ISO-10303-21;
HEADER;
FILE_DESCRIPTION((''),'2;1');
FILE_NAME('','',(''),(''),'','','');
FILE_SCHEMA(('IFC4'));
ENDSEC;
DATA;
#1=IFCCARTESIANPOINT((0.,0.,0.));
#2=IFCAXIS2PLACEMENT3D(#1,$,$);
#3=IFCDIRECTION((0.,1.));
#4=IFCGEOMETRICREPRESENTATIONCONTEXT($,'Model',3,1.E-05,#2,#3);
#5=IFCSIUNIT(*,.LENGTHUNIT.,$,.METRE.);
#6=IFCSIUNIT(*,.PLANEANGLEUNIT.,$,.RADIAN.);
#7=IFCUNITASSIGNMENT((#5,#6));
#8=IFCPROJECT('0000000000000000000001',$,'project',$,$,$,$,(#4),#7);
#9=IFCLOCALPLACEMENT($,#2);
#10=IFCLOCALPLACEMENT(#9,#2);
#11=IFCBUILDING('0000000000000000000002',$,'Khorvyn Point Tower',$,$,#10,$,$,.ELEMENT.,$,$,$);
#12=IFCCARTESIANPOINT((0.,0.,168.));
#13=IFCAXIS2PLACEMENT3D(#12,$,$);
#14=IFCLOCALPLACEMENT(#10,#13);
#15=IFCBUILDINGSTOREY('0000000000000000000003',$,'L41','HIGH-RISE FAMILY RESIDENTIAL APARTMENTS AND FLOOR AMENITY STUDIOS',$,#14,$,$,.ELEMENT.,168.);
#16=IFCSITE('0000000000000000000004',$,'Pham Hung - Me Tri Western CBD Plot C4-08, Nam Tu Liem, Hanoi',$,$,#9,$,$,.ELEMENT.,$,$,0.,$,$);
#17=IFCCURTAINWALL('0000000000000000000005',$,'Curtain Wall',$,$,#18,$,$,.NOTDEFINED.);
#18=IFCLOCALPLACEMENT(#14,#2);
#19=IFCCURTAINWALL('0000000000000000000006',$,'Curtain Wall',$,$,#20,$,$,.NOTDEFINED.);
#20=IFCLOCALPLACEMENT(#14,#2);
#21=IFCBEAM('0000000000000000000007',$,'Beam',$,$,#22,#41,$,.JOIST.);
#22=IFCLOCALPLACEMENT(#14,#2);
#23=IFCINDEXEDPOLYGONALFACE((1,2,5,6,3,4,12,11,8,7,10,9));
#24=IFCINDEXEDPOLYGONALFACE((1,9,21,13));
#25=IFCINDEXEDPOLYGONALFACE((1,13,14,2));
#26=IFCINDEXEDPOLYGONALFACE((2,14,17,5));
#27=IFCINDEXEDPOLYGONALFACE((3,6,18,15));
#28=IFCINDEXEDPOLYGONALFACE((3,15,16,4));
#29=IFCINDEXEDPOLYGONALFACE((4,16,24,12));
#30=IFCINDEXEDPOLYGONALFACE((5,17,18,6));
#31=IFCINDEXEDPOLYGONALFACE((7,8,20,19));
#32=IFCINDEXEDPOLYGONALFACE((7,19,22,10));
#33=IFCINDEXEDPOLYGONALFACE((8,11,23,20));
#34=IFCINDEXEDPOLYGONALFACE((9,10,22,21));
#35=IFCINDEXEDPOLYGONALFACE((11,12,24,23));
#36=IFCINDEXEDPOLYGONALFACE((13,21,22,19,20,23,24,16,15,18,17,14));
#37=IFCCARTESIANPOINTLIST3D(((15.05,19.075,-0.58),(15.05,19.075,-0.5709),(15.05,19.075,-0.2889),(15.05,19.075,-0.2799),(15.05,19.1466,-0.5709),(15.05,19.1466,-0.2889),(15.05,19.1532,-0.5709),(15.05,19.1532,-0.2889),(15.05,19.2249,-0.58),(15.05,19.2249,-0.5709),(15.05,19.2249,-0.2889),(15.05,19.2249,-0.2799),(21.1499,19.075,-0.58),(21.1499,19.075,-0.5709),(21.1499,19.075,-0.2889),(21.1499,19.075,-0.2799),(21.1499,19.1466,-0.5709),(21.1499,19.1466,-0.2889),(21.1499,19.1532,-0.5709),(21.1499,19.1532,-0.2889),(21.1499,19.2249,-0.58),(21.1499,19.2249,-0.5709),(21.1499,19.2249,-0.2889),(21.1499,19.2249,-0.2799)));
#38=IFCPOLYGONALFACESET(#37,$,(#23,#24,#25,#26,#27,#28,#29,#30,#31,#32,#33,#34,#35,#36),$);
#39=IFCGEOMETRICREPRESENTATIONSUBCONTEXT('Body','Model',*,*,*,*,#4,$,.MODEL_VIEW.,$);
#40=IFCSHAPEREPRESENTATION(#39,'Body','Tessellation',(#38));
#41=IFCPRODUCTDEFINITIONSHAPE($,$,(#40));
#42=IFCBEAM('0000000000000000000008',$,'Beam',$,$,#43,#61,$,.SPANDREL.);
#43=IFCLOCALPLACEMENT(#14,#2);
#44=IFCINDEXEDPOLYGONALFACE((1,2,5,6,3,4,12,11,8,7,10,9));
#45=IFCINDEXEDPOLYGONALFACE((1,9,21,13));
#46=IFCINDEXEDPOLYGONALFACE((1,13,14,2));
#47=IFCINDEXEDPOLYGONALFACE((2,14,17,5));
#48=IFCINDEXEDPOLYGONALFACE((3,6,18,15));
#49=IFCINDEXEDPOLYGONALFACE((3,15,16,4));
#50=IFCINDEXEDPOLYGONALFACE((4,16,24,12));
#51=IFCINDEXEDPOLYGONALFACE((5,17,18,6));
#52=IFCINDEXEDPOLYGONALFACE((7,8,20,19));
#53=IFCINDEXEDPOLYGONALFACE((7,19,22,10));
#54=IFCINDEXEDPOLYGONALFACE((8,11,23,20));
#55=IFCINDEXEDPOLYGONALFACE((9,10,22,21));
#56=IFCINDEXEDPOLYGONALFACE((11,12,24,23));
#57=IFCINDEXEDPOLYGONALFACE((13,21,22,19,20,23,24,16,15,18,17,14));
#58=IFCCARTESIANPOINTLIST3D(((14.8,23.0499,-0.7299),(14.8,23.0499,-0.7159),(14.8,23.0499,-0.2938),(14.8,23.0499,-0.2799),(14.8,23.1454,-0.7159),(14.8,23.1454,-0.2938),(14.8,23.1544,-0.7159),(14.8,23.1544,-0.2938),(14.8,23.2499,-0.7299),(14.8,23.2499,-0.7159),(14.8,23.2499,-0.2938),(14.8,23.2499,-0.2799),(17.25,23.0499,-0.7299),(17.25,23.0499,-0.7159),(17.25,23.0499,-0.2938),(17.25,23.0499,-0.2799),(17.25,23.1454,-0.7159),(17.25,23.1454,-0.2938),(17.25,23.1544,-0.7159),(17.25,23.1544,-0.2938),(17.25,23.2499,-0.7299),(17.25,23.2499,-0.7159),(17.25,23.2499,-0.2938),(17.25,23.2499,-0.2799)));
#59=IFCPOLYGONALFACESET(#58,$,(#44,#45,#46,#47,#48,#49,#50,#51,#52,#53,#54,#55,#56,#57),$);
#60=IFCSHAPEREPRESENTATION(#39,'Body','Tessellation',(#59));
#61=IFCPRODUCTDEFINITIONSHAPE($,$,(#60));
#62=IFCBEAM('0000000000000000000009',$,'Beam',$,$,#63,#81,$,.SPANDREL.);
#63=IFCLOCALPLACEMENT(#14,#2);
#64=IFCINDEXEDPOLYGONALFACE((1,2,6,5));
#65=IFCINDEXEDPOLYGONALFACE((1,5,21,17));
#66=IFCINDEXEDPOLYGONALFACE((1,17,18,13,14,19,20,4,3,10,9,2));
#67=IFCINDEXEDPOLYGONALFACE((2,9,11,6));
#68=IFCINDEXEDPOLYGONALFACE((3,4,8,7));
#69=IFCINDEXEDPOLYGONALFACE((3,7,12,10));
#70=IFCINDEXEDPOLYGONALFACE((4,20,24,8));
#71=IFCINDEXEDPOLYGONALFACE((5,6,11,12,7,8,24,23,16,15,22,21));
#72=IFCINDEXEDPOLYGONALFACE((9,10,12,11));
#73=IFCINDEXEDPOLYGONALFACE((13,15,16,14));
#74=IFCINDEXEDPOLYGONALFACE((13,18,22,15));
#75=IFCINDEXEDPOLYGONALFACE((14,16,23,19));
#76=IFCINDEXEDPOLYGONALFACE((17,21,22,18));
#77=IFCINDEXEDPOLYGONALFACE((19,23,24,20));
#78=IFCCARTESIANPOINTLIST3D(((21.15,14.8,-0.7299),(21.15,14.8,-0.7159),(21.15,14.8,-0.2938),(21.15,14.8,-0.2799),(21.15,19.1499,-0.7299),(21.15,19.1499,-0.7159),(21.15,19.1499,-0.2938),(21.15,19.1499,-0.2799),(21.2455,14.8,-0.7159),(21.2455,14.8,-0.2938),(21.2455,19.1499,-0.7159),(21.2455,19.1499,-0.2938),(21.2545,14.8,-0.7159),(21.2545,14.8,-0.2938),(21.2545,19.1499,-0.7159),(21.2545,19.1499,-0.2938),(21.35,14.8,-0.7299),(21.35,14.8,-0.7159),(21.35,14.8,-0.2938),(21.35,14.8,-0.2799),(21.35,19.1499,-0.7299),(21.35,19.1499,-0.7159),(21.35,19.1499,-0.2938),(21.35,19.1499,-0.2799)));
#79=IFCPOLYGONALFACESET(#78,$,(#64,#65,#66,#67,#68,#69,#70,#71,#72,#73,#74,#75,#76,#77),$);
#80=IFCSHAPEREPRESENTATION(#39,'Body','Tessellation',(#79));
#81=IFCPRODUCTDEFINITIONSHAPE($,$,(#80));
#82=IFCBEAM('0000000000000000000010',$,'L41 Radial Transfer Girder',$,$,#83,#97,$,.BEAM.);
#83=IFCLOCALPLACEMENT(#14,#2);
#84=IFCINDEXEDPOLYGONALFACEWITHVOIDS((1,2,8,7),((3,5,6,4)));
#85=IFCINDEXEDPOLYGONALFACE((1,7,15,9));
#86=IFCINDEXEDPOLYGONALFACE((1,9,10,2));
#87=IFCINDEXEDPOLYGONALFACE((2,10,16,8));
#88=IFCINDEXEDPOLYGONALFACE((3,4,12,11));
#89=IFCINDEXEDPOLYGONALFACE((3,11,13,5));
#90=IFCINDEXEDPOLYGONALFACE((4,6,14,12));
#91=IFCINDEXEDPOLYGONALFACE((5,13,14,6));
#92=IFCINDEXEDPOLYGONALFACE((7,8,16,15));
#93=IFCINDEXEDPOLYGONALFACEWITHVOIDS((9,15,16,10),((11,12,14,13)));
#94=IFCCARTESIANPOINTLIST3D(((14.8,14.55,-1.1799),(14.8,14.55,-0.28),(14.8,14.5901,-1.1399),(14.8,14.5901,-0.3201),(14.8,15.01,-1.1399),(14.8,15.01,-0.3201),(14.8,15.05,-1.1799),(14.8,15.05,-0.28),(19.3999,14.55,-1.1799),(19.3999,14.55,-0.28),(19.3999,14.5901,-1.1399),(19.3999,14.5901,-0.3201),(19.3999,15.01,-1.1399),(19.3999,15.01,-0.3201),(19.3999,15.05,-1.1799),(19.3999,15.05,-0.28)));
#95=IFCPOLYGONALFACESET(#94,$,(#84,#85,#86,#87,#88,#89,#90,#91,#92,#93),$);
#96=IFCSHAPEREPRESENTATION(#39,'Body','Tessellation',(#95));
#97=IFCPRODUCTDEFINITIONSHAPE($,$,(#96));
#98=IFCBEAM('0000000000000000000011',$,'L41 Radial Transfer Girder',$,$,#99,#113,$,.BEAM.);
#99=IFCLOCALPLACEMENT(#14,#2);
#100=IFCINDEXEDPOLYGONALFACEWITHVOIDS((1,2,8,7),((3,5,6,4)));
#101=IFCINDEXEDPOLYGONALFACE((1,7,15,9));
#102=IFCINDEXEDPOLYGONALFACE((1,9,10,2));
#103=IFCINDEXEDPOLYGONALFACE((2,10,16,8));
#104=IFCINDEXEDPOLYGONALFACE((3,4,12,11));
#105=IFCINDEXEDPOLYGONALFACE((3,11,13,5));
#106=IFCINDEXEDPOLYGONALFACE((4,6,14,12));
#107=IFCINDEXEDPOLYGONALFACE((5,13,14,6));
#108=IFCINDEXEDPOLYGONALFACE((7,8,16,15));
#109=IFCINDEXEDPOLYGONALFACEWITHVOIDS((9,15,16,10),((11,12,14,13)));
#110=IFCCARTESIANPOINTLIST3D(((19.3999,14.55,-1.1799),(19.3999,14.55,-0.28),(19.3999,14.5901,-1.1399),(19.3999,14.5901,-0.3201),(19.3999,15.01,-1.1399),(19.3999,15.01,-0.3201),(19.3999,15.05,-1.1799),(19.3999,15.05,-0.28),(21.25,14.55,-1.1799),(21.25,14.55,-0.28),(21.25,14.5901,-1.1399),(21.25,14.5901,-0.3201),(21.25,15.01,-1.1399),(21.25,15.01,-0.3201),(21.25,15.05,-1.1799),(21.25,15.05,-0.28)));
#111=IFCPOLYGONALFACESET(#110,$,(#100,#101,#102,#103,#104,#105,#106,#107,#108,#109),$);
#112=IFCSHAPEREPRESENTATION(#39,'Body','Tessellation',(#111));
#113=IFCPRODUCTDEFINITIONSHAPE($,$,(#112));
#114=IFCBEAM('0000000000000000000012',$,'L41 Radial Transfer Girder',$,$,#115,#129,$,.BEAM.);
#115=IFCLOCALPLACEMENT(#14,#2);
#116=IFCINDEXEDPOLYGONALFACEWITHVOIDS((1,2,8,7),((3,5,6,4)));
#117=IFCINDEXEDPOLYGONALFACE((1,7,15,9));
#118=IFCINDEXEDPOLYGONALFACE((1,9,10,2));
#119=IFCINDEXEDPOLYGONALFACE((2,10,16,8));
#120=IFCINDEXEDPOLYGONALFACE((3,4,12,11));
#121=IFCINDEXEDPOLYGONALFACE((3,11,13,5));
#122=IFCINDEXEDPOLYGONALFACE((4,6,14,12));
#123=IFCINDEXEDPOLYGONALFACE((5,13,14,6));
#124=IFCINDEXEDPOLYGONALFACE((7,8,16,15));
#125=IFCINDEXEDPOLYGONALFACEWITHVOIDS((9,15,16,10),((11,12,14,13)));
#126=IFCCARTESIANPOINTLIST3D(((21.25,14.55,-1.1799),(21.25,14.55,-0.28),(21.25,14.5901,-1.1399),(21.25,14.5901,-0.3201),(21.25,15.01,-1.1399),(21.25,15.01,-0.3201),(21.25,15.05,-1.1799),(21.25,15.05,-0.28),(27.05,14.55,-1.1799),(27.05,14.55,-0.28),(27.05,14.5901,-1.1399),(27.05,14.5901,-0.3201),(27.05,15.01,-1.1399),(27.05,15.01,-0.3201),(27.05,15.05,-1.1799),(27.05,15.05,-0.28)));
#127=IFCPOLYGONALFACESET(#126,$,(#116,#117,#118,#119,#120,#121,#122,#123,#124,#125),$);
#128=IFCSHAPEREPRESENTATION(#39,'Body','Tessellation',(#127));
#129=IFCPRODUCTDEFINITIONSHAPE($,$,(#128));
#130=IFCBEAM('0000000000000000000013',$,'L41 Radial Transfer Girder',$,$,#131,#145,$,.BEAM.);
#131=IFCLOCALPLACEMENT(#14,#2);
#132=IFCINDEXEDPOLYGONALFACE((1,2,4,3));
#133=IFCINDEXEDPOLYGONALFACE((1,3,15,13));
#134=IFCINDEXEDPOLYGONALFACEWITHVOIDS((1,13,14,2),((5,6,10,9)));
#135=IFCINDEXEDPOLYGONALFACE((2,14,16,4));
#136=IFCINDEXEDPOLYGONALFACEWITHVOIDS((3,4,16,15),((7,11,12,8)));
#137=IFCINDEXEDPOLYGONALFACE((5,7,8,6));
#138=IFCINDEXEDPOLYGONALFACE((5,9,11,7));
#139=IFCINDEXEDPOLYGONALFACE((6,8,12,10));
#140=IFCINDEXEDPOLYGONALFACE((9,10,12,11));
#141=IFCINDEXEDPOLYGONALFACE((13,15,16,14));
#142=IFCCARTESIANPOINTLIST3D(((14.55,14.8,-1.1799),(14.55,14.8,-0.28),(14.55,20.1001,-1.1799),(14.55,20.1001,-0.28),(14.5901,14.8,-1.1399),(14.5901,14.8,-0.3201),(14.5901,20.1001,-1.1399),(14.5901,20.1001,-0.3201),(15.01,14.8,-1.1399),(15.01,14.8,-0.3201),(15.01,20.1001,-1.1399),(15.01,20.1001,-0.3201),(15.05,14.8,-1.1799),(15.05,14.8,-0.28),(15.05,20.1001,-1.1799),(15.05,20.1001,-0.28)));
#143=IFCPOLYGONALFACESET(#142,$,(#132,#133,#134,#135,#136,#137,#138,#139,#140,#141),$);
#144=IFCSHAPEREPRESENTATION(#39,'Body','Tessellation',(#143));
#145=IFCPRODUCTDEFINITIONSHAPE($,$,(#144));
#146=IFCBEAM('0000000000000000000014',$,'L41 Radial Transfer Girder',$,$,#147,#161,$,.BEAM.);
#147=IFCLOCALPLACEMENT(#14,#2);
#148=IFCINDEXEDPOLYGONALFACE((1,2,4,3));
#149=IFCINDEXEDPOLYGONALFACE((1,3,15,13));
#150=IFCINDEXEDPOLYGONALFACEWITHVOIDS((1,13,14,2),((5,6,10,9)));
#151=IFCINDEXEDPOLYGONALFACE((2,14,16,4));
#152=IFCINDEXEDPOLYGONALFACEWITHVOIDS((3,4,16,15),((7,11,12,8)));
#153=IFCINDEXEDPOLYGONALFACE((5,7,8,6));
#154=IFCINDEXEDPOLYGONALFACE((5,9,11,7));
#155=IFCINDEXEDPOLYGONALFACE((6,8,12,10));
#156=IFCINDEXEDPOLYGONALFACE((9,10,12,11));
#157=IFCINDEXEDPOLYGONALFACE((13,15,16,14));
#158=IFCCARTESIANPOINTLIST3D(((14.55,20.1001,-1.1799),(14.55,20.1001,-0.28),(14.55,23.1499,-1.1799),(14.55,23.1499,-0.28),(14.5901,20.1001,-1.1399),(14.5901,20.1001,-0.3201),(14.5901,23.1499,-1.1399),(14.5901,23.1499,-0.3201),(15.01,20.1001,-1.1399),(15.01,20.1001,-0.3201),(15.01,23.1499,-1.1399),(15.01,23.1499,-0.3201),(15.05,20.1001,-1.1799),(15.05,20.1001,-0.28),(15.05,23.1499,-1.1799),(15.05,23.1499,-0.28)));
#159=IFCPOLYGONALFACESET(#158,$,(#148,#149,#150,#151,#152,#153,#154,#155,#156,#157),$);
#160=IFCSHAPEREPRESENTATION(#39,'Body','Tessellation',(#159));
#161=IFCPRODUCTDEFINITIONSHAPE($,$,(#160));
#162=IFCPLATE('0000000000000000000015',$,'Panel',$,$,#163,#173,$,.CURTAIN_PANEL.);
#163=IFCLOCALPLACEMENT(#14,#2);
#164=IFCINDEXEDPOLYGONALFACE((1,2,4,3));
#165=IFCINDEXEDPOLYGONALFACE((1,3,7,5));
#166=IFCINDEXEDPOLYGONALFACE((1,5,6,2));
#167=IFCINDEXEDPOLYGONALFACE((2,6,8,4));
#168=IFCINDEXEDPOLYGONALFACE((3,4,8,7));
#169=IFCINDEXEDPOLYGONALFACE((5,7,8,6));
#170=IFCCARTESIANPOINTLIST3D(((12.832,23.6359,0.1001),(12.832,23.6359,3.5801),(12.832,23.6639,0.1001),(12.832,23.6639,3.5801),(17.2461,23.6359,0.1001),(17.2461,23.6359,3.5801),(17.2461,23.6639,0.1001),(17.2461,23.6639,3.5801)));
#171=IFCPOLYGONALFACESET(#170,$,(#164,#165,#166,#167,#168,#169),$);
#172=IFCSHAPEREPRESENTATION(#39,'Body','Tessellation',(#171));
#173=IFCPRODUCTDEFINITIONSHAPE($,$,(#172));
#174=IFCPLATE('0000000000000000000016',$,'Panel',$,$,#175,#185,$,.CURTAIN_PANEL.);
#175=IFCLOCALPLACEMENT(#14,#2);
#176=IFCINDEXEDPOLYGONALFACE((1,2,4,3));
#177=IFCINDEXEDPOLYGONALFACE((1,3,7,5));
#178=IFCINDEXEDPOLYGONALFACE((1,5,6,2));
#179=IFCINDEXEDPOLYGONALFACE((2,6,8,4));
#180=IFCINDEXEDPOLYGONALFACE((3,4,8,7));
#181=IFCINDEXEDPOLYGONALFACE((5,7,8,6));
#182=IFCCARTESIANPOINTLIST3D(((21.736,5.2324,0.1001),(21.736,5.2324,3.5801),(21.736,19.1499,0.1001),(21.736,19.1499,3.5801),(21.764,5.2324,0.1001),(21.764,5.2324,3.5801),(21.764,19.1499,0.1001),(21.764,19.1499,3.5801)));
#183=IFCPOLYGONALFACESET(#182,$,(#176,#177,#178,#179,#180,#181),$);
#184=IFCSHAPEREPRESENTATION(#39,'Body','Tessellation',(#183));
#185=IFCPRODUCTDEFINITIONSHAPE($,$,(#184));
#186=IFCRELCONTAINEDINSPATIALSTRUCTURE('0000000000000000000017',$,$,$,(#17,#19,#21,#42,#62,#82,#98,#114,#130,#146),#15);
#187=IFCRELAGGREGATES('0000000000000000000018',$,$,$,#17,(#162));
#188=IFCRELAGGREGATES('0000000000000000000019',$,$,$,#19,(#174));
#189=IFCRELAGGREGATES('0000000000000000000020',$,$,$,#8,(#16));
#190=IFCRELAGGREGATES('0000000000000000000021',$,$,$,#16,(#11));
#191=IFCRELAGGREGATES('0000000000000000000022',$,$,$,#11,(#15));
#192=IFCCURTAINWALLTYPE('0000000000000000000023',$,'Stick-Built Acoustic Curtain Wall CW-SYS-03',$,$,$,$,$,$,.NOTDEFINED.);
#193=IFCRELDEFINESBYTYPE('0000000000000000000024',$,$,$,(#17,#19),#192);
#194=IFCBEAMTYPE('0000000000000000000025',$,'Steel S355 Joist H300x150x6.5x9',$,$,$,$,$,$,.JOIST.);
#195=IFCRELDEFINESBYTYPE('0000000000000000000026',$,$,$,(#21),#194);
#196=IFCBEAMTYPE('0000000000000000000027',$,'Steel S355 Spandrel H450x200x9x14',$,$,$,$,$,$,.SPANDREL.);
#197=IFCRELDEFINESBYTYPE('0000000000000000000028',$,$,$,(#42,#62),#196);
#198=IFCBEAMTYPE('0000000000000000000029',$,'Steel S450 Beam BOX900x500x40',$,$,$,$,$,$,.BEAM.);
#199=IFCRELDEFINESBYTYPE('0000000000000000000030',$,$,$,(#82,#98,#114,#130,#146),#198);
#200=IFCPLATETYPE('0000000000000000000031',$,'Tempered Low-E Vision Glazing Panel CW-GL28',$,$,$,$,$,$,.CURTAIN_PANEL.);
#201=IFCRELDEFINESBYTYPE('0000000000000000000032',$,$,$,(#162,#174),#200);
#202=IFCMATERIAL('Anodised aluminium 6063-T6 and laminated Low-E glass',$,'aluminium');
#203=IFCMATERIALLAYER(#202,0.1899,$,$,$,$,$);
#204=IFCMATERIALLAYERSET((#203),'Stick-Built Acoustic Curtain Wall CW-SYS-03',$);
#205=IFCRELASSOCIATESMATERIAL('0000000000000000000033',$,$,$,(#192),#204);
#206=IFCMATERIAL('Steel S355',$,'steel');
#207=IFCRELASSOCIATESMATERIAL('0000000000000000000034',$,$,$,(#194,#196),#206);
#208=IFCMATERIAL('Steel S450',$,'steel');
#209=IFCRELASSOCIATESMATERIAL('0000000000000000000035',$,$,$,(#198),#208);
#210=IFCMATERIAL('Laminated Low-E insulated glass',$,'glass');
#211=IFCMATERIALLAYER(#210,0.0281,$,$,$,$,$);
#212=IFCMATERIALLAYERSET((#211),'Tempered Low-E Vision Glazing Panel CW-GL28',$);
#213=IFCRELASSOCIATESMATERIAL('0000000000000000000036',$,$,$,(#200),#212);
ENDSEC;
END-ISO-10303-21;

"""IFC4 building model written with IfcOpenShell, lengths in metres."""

from ifc_helpers import new_model, si_unit, direction, frame, origin, origin_2d, place, context, subcontext, project, spatial, rectangle, hollow_rectangle, i_section, extrude, material, layer, layer_set, material_profile, profile_set, type_object, element, aggregate, save


model = new_model("IFC4")

# Units and contexts
model_context = context("Model", 3, precision=1e-05, world=origin(), true_north=direction((0.0, 1.0)))
body_context = subcontext(model_context, "Body", "Model", "MODEL_VIEW")
ifc_project = project(units=[si_unit("LENGTHUNIT", "METRE"), si_unit("PLANEANGLEUNIT", "RADIAN")], contexts=[model_context])

# Site, building, storey
site_placement = place(None, origin())
site = spatial("IfcSite", under=ifc_project, at=site_placement, Name="Pham Hung - Me Tri Western CBD Plot C4-08, Nam Tu Liem, Hanoi", CompositionType="ELEMENT", RefElevation=0.0)
building_placement = place(site_placement, origin())
building = spatial("IfcBuilding", under=site, at=building_placement, Name="Khorvyn Point Tower", CompositionType="ELEMENT")
storey_placement = place(building_placement, frame((0.0, 0.0, 168.0)))
storey = spatial("IfcBuildingStorey", under=building, at=storey_placement, Name="L41", Description="HIGH-RISE FAMILY RESIDENTIAL APARTMENTS AND FLOOR AMENITY STUDIOS", CompositionType="ELEMENT", Elevation=168.0)

# Shared definitions
ifc_material_1 = material(Name="Steel S450", Category="steel")

# Curtain wall
ifc_material_2 = material(Name="Anodised aluminium 6063-T6 and laminated Low-E glass", Category="aluminium")
ifc_layer_1 = layer(ifc_material_2, 0.1899)
ifc_layer_set_1 = layer_set([ifc_layer_1], Name="Stick-Built Acoustic Curtain Wall CW-SYS-03")
curtain_wall_type = type_object("IfcCurtainWallType", Name="Stick-Built Acoustic Curtain Wall CW-SYS-03", PredefinedType="NOTDEFINED", material=ifc_layer_set_1)
curtain_wall_1_placement = place(storey_placement, origin())
curtain_wall_1 = element("IfcCurtainWall", 1, at=curtain_wall_1_placement, inside=storey, type_object=curtain_wall_type, Name="Curtain Wall", PredefinedType="NOTDEFINED")

# Curtain wall
curtain_wall_2_placement = place(storey_placement, origin())
curtain_wall_2 = element("IfcCurtainWall", 2, at=curtain_wall_2_placement, inside=storey, type_object=curtain_wall_type, Name="Curtain Wall", PredefinedType="NOTDEFINED")

# Beams
ifc_material_3 = material(Name="Steel S355", Category="steel")
ifc_material_profile_1 = material_profile(ifc_material_3, i_section(OverallWidth=0.1499, OverallDepth=0.3, WebThickness=0.0066, FlangeThickness=0.009, at=origin_2d()))
ifc_profile_set_1 = profile_set([ifc_material_profile_1], Name="Steel S355 H300x150x6.5x9")
beam_type_1 = type_object("IfcBeamType", Name="Steel S355 Joist H300x150x6.5x9", PredefinedType="JOIST", material=ifc_profile_set_1)
beam_1_placement = place(storey_placement, frame((15.05, 19.1499, -0.4299), z_axis=(1.0, 0.0, 0.0), x_axis=(0.0, 1.0, 0.0)))
element("IfcBeam", 3, at=beam_1_placement, inside=storey, type_object=beam_type_1, Name="Beam", PredefinedType="JOIST", context=body_context, shape_type="SweptSolid", body=[
    extrude(i_section(OverallWidth=0.1499, OverallDepth=0.3, WebThickness=0.0066, FlangeThickness=0.009, at=origin_2d()), origin(), (0.0, 0.0, 1.0), 6.0999),
])
ifc_material_profile_2 = material_profile(ifc_material_3, i_section(OverallWidth=0.2, OverallDepth=0.45, WebThickness=0.009, FlangeThickness=0.0139, at=origin_2d()))
ifc_profile_set_2 = profile_set([ifc_material_profile_2], Name="Steel S355 H450x200x9x14")
beam_type_2 = type_object("IfcBeamType", Name="Steel S355 Spandrel H450x200x9x14", PredefinedType="SPANDREL", material=ifc_profile_set_2)
beam_2_placement = place(storey_placement, frame((14.8, 23.1499, -0.5049), z_axis=(1.0, 0.0, 0.0), x_axis=(0.0, 1.0, 0.0)))
element("IfcBeam", 4, at=beam_2_placement, inside=storey, type_object=beam_type_2, Name="Beam", PredefinedType="SPANDREL", context=body_context, shape_type="SweptSolid", body=[
    extrude(i_section(OverallWidth=0.2, OverallDepth=0.45, WebThickness=0.009, FlangeThickness=0.0139, at=origin_2d()), origin(), (0.0, 0.0, 1.0), 2.45),
])
beam_3_placement = place(storey_placement, frame((21.25, 14.8, -0.5049), z_axis=(0.0, 1.0, 0.0), x_axis=(-1.0, 0.0, 0.0)))
element("IfcBeam", 5, at=beam_3_placement, inside=storey, type_object=beam_type_2, Name="Beam", PredefinedType="SPANDREL", context=body_context, shape_type="SweptSolid", body=[
    extrude(i_section(OverallWidth=0.2, OverallDepth=0.45, WebThickness=0.009, FlangeThickness=0.0139, at=origin_2d()), origin(), (0.0, 0.0, 1.0), 4.3499),
])
ifc_material_profile_3 = material_profile(ifc_material_1, hollow_rectangle(XDim=0.5, YDim=0.8999, WallThickness=0.04, at=origin_2d()))
ifc_profile_set_3 = profile_set([ifc_material_profile_3], Name="Steel S450 BOX900x500x40")
beam_type_3 = type_object("IfcBeamType", Name="Steel S450 Beam BOX900x500x40", PredefinedType="BEAM", material=ifc_profile_set_3)
beam_4_placement = place(storey_placement, frame((14.8, 14.8, -0.73), z_axis=(1.0, 0.0, 0.0), x_axis=(0.0, 1.0, 0.0)))
element("IfcBeam", 6, at=beam_4_placement, inside=storey, type_object=beam_type_3, Name="L41 Radial Transfer Girder", PredefinedType="BEAM", context=body_context, shape_type="SweptSolid", body=[
    extrude(hollow_rectangle(XDim=0.5, YDim=0.8999, WallThickness=0.04, at=origin_2d()), origin(), (0.0, 0.0, 1.0), 4.5999),
])
beam_5_placement = place(storey_placement, frame((19.3999, 14.8, -0.73), z_axis=(1.0, 0.0, 0.0), x_axis=(0.0, 1.0, 0.0)))
element("IfcBeam", 7, at=beam_5_placement, inside=storey, type_object=beam_type_3, Name="L41 Radial Transfer Girder", PredefinedType="BEAM", context=body_context, shape_type="SweptSolid", body=[
    extrude(hollow_rectangle(XDim=0.5, YDim=0.8999, WallThickness=0.04, at=origin_2d()), origin(), (0.0, 0.0, 1.0), 1.8501),
])
beam_6_placement = place(storey_placement, frame((21.25, 14.8, -0.73), z_axis=(1.0, 0.0, 0.0), x_axis=(0.0, 1.0, 0.0)))
element("IfcBeam", 8, at=beam_6_placement, inside=storey, type_object=beam_type_3, Name="L41 Radial Transfer Girder", PredefinedType="BEAM", context=body_context, shape_type="SweptSolid", body=[
    extrude(hollow_rectangle(XDim=0.5, YDim=0.8999, WallThickness=0.04, at=origin_2d()), origin(), (0.0, 0.0, 1.0), 5.8),
])
beam_7_placement = place(storey_placement, frame((14.8, 14.8, -0.73), z_axis=(0.0, 1.0, 0.0), x_axis=(-1.0, 0.0, 0.0)))
element("IfcBeam", 9, at=beam_7_placement, inside=storey, type_object=beam_type_3, Name="L41 Radial Transfer Girder", PredefinedType="BEAM", context=body_context, shape_type="SweptSolid", body=[
    extrude(hollow_rectangle(XDim=0.5, YDim=0.8999, WallThickness=0.04, at=origin_2d()), origin(), (0.0, 0.0, 1.0), 5.3),
])
beam_8_placement = place(storey_placement, frame((14.8, 20.1001, -0.73), z_axis=(0.0, 1.0, 0.0), x_axis=(-1.0, 0.0, 0.0)))
element("IfcBeam", 10, at=beam_8_placement, inside=storey, type_object=beam_type_3, Name="L41 Radial Transfer Girder", PredefinedType="BEAM", context=body_context, shape_type="SweptSolid", body=[
    extrude(hollow_rectangle(XDim=0.5, YDim=0.8999, WallThickness=0.04, at=origin_2d()), origin(), (0.0, 0.0, 1.0), 3.0498),
])

# Plates
ifc_material_4 = material(Name="Laminated Low-E insulated glass", Category="glass")
ifc_layer_2 = layer(ifc_material_4, 0.0281)
ifc_layer_set_2 = layer_set([ifc_layer_2], Name="Tempered Low-E Vision Glazing Panel CW-GL28")
plate_type = type_object("IfcPlateType", Name="Tempered Low-E Vision Glazing Panel CW-GL28", PredefinedType="CURTAIN_PANEL", material=ifc_layer_set_2)
plate_1_placement = place(storey_placement, frame((15.0391, 23.6499, 0.1001), z_axis=(0.0, 0.0, 1.0), x_axis=(1.0, 0.0, 0.0)))
plate_1 = element("IfcPlate", 11, at=plate_1_placement, type_object=plate_type, Name="Panel", PredefinedType="CURTAIN_PANEL", context=body_context, shape_type="SweptSolid", body=[
    extrude(rectangle(XDim=4.4141, YDim=0.0281, at=origin_2d()), origin(), (0.0, 0.0, 1.0), 3.48),
])
aggregate(curtain_wall_1, [plate_1])
plate_2_placement = place(storey_placement, frame((21.75, 12.1912, 0.1001), z_axis=(0.0, 0.0, 1.0), x_axis=(0.0, -1.0, 0.0)))
plate_2 = element("IfcPlate", 12, at=plate_2_placement, type_object=plate_type, Name="Panel", PredefinedType="CURTAIN_PANEL", context=body_context, shape_type="SweptSolid", body=[
    extrude(rectangle(XDim=13.9175, YDim=0.0281, at=origin_2d()), origin(), (0.0, 0.0, 1.0), 3.48),
])
aggregate(curtain_wall_2, [plate_2])

save(model, "model.ifc")
